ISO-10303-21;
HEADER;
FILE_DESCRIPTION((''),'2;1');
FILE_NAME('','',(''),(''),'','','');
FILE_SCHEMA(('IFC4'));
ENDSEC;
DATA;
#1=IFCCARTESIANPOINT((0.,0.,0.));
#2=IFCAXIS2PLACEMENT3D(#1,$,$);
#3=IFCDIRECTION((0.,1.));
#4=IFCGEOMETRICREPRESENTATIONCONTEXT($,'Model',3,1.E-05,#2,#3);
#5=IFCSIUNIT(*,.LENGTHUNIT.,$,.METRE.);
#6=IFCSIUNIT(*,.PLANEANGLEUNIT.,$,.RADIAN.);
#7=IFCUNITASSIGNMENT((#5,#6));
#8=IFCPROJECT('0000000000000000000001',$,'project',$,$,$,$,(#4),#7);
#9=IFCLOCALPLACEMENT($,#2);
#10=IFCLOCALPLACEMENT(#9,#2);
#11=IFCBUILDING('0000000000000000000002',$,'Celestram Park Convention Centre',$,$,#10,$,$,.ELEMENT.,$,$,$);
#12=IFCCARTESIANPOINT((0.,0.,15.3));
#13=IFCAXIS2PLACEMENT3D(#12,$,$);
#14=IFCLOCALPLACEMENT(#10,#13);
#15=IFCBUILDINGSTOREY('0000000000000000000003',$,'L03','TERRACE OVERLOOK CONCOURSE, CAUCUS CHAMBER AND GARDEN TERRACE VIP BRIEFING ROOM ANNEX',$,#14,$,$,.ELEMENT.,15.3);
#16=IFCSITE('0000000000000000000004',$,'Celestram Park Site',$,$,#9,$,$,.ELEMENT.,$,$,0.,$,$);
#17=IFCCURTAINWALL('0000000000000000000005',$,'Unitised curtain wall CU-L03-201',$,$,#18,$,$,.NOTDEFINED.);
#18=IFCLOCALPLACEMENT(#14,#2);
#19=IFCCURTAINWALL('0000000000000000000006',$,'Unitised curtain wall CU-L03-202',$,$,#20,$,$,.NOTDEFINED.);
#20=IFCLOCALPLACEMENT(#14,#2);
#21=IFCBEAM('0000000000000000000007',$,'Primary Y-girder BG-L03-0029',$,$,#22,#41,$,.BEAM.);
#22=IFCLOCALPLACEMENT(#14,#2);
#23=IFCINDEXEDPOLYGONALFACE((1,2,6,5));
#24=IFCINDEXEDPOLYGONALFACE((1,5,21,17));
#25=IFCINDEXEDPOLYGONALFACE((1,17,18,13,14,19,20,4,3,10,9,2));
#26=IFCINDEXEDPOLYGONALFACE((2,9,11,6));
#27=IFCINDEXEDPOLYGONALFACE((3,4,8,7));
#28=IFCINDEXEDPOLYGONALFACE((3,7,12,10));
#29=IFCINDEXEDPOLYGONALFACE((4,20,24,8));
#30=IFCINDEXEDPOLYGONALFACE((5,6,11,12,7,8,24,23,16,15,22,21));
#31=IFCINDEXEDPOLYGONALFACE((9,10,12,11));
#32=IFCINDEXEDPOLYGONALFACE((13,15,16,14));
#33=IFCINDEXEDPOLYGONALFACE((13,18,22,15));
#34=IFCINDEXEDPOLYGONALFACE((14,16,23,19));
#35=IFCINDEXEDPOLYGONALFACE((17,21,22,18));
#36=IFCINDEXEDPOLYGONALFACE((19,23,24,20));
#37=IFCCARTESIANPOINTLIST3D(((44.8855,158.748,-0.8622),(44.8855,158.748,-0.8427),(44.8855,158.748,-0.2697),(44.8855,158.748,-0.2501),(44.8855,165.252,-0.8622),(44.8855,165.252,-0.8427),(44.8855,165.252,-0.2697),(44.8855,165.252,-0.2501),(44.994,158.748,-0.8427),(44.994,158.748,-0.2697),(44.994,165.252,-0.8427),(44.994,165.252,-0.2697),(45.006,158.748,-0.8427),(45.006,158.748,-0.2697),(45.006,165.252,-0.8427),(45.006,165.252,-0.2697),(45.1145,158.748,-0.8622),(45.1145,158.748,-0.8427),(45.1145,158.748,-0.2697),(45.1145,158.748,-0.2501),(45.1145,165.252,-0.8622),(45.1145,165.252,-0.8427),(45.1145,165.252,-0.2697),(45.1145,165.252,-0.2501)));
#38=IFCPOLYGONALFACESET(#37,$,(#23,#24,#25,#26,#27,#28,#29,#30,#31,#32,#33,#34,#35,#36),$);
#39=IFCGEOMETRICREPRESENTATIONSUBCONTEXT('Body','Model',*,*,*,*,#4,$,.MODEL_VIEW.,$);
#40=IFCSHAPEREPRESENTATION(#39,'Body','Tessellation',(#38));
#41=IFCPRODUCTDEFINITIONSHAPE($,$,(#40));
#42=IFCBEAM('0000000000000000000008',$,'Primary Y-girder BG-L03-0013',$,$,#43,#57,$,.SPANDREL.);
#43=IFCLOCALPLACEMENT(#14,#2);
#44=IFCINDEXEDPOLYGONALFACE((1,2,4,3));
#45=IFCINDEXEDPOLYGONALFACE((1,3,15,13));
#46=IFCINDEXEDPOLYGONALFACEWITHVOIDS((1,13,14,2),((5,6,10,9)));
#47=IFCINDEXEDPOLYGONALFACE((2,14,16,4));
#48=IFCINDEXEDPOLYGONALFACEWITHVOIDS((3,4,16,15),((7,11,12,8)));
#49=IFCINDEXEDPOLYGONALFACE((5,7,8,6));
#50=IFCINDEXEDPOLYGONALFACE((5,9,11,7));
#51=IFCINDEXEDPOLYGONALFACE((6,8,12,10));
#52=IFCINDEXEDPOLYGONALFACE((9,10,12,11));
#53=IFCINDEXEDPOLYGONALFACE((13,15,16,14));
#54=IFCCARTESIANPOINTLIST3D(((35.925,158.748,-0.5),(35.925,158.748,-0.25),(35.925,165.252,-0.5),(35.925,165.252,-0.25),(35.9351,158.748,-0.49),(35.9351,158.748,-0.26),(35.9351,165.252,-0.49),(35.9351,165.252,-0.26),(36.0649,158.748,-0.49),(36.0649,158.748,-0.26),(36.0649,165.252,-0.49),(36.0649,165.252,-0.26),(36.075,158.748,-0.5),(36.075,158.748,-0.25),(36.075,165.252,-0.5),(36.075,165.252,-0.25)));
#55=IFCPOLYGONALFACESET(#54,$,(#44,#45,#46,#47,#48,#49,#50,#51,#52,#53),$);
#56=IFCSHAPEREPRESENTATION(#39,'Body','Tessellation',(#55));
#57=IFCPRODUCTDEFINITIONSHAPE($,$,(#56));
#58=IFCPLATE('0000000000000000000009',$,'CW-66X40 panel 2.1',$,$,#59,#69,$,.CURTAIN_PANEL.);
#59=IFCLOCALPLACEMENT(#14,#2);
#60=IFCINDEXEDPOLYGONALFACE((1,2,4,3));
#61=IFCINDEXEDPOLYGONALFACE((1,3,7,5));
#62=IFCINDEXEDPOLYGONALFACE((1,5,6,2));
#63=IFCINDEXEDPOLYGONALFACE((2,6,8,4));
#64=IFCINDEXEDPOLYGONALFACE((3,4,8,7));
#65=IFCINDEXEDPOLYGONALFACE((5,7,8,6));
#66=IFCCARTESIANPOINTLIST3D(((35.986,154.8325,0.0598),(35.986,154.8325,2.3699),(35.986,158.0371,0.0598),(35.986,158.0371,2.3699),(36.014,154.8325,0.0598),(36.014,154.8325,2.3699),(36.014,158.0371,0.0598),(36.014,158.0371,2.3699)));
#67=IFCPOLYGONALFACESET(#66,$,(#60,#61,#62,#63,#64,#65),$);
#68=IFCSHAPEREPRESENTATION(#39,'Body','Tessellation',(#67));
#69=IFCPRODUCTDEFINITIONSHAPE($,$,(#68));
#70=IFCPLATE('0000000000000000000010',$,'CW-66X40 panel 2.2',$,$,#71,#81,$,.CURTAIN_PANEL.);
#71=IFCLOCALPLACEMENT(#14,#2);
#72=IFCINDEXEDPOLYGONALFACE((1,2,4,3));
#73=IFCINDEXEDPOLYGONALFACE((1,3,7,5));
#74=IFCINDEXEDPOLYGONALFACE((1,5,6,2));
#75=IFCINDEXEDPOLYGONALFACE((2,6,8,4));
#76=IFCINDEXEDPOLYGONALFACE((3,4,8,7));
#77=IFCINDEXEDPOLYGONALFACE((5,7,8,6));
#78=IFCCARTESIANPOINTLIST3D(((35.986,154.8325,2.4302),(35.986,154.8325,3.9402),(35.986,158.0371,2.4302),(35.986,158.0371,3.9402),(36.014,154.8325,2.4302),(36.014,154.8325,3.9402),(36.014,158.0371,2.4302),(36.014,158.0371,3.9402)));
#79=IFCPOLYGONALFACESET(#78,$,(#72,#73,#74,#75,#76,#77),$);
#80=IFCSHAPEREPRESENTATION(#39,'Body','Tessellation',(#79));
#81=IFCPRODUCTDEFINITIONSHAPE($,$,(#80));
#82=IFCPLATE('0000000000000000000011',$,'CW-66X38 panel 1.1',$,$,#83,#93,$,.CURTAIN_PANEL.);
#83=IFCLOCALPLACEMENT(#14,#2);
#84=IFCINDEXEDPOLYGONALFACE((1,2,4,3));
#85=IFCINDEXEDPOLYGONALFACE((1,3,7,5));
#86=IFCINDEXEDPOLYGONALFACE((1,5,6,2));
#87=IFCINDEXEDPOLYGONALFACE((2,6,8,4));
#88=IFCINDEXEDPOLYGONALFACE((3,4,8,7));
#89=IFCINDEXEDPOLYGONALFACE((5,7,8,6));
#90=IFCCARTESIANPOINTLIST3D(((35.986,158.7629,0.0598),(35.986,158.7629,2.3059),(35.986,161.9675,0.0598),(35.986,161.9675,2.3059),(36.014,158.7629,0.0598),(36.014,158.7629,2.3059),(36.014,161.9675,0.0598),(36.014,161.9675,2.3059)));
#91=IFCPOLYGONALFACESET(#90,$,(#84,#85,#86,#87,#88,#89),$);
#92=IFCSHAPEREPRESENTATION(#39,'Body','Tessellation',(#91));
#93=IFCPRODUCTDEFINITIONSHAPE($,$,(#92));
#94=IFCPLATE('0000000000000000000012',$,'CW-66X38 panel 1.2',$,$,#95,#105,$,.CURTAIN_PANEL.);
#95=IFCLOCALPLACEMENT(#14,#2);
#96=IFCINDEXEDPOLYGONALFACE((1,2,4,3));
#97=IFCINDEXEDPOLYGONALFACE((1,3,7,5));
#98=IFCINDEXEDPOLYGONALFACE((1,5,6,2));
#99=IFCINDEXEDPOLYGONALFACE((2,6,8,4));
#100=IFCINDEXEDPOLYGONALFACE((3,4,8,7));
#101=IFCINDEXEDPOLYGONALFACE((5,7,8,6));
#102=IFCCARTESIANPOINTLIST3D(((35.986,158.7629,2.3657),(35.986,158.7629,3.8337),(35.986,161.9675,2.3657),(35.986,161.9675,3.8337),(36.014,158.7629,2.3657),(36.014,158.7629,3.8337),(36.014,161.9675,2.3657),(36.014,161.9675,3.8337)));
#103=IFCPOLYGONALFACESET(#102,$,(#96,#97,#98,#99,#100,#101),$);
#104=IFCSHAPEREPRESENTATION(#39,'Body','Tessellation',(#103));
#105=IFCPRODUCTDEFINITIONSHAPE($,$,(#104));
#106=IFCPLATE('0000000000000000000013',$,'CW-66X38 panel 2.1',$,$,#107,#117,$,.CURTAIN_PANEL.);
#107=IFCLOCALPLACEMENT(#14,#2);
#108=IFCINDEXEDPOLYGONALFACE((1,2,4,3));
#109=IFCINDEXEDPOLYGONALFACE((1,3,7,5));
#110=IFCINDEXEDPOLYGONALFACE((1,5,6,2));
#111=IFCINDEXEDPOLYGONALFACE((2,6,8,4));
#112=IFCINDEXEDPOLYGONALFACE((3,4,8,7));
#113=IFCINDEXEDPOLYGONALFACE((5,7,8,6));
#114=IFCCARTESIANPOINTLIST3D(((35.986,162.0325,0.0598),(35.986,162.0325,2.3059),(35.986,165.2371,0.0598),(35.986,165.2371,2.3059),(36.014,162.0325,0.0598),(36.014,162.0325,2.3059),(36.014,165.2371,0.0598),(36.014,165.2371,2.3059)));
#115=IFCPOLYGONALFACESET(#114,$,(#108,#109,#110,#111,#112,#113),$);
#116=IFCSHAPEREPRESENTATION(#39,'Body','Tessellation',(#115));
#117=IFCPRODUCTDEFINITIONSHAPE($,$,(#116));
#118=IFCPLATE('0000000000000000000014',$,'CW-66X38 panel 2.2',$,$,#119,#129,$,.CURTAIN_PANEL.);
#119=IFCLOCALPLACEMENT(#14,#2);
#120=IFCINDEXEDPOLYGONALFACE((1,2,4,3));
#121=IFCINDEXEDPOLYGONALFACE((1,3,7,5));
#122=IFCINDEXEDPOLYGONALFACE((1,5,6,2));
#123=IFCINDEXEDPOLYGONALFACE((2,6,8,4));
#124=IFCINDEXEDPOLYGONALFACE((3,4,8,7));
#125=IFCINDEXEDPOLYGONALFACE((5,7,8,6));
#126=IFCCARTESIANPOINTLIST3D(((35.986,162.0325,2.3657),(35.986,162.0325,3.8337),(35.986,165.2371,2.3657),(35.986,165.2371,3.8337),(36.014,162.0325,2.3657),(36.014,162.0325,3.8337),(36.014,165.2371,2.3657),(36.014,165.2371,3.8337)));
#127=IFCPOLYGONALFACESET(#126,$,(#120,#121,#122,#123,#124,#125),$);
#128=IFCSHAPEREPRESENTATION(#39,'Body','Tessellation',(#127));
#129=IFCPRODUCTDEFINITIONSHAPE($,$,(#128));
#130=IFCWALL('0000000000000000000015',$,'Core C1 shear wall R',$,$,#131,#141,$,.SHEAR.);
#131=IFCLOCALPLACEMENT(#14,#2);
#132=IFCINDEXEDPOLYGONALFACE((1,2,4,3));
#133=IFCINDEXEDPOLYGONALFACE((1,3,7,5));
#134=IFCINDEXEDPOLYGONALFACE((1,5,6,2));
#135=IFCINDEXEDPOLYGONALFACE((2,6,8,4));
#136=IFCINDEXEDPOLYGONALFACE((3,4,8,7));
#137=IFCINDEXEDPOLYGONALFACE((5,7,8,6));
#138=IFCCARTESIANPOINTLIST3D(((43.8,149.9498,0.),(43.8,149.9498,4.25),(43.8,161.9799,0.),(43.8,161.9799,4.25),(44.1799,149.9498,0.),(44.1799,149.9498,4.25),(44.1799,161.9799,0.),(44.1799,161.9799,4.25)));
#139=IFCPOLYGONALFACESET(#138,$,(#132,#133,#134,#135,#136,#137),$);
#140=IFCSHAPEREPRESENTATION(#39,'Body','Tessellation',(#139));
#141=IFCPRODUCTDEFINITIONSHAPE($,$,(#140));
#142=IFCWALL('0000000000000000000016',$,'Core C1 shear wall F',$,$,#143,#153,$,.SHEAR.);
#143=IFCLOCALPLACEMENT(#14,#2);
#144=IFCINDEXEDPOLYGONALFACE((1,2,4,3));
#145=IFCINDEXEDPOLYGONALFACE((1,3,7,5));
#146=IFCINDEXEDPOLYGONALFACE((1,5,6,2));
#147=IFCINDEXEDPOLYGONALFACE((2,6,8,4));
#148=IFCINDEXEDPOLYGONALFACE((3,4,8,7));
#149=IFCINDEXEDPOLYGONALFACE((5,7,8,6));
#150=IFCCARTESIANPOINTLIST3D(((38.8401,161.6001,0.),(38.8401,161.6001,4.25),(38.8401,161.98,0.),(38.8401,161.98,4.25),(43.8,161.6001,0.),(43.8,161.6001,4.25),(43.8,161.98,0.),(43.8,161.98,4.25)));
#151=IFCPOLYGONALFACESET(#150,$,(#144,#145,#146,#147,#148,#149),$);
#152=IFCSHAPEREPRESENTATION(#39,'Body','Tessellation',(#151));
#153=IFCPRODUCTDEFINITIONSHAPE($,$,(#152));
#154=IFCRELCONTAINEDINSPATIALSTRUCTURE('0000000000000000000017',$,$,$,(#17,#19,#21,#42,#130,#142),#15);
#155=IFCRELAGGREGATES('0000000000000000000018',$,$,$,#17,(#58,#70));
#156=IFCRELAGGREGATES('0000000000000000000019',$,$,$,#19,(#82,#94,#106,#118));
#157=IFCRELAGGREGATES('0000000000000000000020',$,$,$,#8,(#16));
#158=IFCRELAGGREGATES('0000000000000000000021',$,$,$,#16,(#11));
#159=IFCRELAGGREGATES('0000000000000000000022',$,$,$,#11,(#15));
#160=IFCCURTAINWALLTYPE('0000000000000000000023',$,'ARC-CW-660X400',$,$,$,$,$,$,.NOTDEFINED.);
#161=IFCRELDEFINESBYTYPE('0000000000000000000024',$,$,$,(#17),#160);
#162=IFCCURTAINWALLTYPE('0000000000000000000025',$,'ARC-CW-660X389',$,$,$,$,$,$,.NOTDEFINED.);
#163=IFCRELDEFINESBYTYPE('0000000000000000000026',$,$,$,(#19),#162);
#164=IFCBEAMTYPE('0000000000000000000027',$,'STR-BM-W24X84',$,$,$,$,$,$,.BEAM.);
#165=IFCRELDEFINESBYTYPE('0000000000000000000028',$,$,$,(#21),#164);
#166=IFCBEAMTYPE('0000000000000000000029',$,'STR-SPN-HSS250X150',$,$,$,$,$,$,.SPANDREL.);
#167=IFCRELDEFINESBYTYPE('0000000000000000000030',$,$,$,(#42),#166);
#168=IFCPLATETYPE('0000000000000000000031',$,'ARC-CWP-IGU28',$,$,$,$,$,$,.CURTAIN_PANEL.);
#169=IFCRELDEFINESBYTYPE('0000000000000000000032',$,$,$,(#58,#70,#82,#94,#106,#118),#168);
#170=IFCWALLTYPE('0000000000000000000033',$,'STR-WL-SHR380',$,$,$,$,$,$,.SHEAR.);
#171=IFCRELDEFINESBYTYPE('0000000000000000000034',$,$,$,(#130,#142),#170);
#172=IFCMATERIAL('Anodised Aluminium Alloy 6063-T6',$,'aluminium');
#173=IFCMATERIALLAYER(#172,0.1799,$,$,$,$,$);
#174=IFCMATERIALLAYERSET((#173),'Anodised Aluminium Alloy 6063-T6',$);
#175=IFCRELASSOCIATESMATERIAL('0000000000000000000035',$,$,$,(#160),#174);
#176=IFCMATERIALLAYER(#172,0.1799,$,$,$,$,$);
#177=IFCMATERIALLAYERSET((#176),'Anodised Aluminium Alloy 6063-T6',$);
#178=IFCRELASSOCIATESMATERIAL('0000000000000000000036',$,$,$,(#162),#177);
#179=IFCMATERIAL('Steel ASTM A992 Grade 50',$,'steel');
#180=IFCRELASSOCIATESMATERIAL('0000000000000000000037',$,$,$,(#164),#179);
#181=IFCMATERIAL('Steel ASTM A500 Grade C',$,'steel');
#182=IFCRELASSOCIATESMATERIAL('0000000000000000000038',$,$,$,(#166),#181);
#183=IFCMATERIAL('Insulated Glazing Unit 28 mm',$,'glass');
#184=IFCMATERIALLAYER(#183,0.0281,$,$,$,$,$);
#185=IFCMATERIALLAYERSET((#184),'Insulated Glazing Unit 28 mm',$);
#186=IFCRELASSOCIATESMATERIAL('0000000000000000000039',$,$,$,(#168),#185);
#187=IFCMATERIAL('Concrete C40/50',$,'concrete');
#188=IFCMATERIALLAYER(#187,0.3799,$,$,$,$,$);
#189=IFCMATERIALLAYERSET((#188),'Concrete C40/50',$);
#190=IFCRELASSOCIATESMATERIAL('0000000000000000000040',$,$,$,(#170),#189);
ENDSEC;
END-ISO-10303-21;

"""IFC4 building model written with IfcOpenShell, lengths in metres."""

from ifc_helpers import new_model, si_unit, direction, frame, frame_2d, origin, origin_2d, place, context, subcontext, project, spatial, rectangle, hollow_rectangle, i_section, extrude, material, layer, layer_set, material_profile, profile_set, type_object, element, aggregate, save


model = new_model("IFC4")

# Units and contexts
model_context = context("Model", 3, precision=1e-05, world=origin(), true_north=direction((0.0, 1.0)))
body_context = subcontext(model_context, "Body", "Model", "MODEL_VIEW")
ifc_project = project(units=[si_unit("LENGTHUNIT", "METRE"), si_unit("PLANEANGLEUNIT", "RADIAN")], contexts=[model_context])

# Site, building, storey
site_placement = place(None, origin())
site = spatial("IfcSite", under=ifc_project, at=site_placement, Name="Celestram Park Site", CompositionType="ELEMENT", RefElevation=0.0)
building_placement = place(site_placement, origin())
building = spatial("IfcBuilding", under=site, at=building_placement, Name="Celestram Park Convention Centre", CompositionType="ELEMENT")
storey_placement = place(building_placement, frame((0.0, 0.0, 15.3)))
storey = spatial("IfcBuildingStorey", under=building, at=storey_placement, Name="L03", Description="TERRACE OVERLOOK CONCOURSE, CAUCUS CHAMBER AND GARDEN TERRACE VIP BRIEFING ROOM ANNEX", CompositionType="ELEMENT", Elevation=15.3)

# Shared definitions
ifc_material_1 = material(Name="Concrete C40/50", Category="concrete")

# Curtain wall
ifc_material_2 = material(Name="Anodised Aluminium Alloy 6063-T6", Category="aluminium")
ifc_layer_1 = layer(ifc_material_2, 0.1799)
ifc_layer_set_1 = layer_set([ifc_layer_1], Name="Anodised Aluminium Alloy 6063-T6")
curtain_wall_type_1 = type_object("IfcCurtainWallType", Name="ARC-CW-660X400", PredefinedType="NOTDEFINED", material=ifc_layer_set_1)
curtain_wall_1_placement = place(storey_placement, origin())
curtain_wall_1 = element("IfcCurtainWall", 1, at=curtain_wall_1_placement, inside=storey, type_object=curtain_wall_type_1, Name="Unitised curtain wall CU-L03-201", PredefinedType="NOTDEFINED")

# Curtain wall
ifc_layer_2 = layer(ifc_material_2, 0.1799)
ifc_layer_set_2 = layer_set([ifc_layer_2], Name="Anodised Aluminium Alloy 6063-T6")
curtain_wall_type_2 = type_object("IfcCurtainWallType", Name="ARC-CW-660X389", PredefinedType="NOTDEFINED", material=ifc_layer_set_2)
curtain_wall_2_placement = place(storey_placement, origin())
curtain_wall_2 = element("IfcCurtainWall", 2, at=curtain_wall_2_placement, inside=storey, type_object=curtain_wall_type_2, Name="Unitised curtain wall CU-L03-202", PredefinedType="NOTDEFINED")

# Beams
ifc_material_3 = material(Name="Steel ASTM A992 Grade 50", Category="steel")
ifc_material_profile_1 = material_profile(ifc_material_3, i_section(OverallWidth=0.229, OverallDepth=0.6121, WebThickness=0.012, FlangeThickness=0.0195, at=origin_2d()), Name="W24X84")
ifc_profile_set_1 = profile_set([ifc_material_profile_1], Name="Steel ASTM A992 Grade 50")
beam_type_1 = type_object("IfcBeamType", Name="STR-BM-W24X84", PredefinedType="BEAM", material=ifc_profile_set_1)
beam_1_placement = place(storey_placement, frame((45.0, 158.748, -0.5562), z_axis=(0.0, 1.0, 0.0), x_axis=(-1.0, 0.0, 0.0)))
element("IfcBeam", 3, at=beam_1_placement, inside=storey, type_object=beam_type_1, Name="Primary Y-girder BG-L03-0029", PredefinedType="BEAM", context=body_context, shape_type="SweptSolid", body=[
    extrude(i_section(OverallWidth=0.229, OverallDepth=0.6121, WebThickness=0.012, FlangeThickness=0.0195, at=origin_2d()), origin(), (0.0, 0.0, 1.0), 6.5039),
])
ifc_material_4 = material(Name="Steel ASTM A500 Grade C", Category="steel")
ifc_material_profile_2 = material_profile(ifc_material_4, hollow_rectangle(XDim=0.1499, YDim=0.25, WallThickness=0.01, at=origin_2d()), Name="HSS250X150X10")
ifc_profile_set_2 = profile_set([ifc_material_profile_2], Name="Steel ASTM A500 Grade C")
beam_type_2 = type_object("IfcBeamType", Name="STR-SPN-HSS250X150", PredefinedType="SPANDREL", material=ifc_profile_set_2)
beam_2_placement = place(storey_placement, frame((36.0, 158.748, -0.375), z_axis=(0.0, 1.0, 0.0), x_axis=(-1.0, 0.0, 0.0)))
element("IfcBeam", 4, at=beam_2_placement, inside=storey, type_object=beam_type_2, Name="Primary Y-girder BG-L03-0013", PredefinedType="SPANDREL", context=body_context, shape_type="SweptSolid", body=[
    extrude(hollow_rectangle(XDim=0.1499, YDim=0.25, WallThickness=0.01, at=origin_2d()), origin(), (0.0, 0.0, 1.0), 6.5039),
])

# Plates
ifc_material_5 = material(Name="Insulated Glazing Unit 28 mm", Category="glass")
ifc_layer_3 = layer(ifc_material_5, 0.0281)
ifc_layer_set_3 = layer_set([ifc_layer_3], Name="Insulated Glazing Unit 28 mm")
plate_type = type_object("IfcPlateType", Name="ARC-CWP-IGU28", PredefinedType="CURTAIN_PANEL", material=ifc_layer_set_3)
plate_1_placement = place(storey_placement, frame((36.0, 156.4348, 0.0598), z_axis=(0.0, 0.0, 1.0), x_axis=(0.0, 1.0, 0.0)))
plate_1 = element("IfcPlate", 5, at=plate_1_placement, type_object=plate_type, Name="CW-66X40 panel 2.1", PredefinedType="CURTAIN_PANEL", context=body_context, shape_type="SweptSolid", body=[
    extrude(rectangle(XDim=3.2046, YDim=0.0281, at=origin_2d()), origin(), (0.0, 0.0, 1.0), 2.3101),
])
plate_2_placement = place(storey_placement, frame((36.0, 156.4348, 2.4302), z_axis=(0.0, 0.0, 1.0), x_axis=(0.0, 1.0, 0.0)))
plate_2 = element("IfcPlate", 6, at=plate_2_placement, type_object=plate_type, Name="CW-66X40 panel 2.2", PredefinedType="CURTAIN_PANEL", context=body_context, shape_type="SweptSolid", body=[
    extrude(rectangle(XDim=3.2046, YDim=0.0281, at=origin_2d()), origin(), (0.0, 0.0, 1.0), 1.51),
])
aggregate(curtain_wall_1, [plate_1, plate_2])
plate_3_placement = place(storey_placement, frame((36.0, 160.3652, 0.0598), z_axis=(0.0, 0.0, 1.0), x_axis=(0.0, 1.0, 0.0)))
plate_3 = element("IfcPlate", 7, at=plate_3_placement, type_object=plate_type, Name="CW-66X38 panel 1.1", PredefinedType="CURTAIN_PANEL", context=body_context, shape_type="SweptSolid", body=[
    extrude(rectangle(XDim=3.2046, YDim=0.0281, at=origin_2d()), origin(), (0.0, 0.0, 1.0), 2.2461),
])
plate_4_placement = place(storey_placement, frame((36.0, 160.3652, 2.3657), z_axis=(0.0, 0.0, 1.0), x_axis=(0.0, 1.0, 0.0)))
plate_4 = element("IfcPlate", 8, at=plate_4_placement, type_object=plate_type, Name="CW-66X38 panel 1.2", PredefinedType="CURTAIN_PANEL", context=body_context, shape_type="SweptSolid", body=[
    extrude(rectangle(XDim=3.2046, YDim=0.0281, at=origin_2d()), origin(), (0.0, 0.0, 1.0), 1.468),
])
plate_5_placement = place(storey_placement, frame((36.0, 163.6348, 0.0598), z_axis=(0.0, 0.0, 1.0), x_axis=(0.0, 1.0, 0.0)))
plate_5 = element("IfcPlate", 9, at=plate_5_placement, type_object=plate_type, Name="CW-66X38 panel 2.1", PredefinedType="CURTAIN_PANEL", context=body_context, shape_type="SweptSolid", body=[
    extrude(rectangle(XDim=3.2046, YDim=0.0281, at=origin_2d()), origin(), (0.0, 0.0, 1.0), 2.2461),
])
plate_6_placement = place(storey_placement, frame((36.0, 163.6348, 2.3657), z_axis=(0.0, 0.0, 1.0), x_axis=(0.0, 1.0, 0.0)))
plate_6 = element("IfcPlate", 10, at=plate_6_placement, type_object=plate_type, Name="CW-66X38 panel 2.2", PredefinedType="CURTAIN_PANEL", context=body_context, shape_type="SweptSolid", body=[
    extrude(rectangle(XDim=3.2046, YDim=0.0281, at=origin_2d()), origin(), (0.0, 0.0, 1.0), 1.468),
])
aggregate(curtain_wall_2, [plate_3, plate_4, plate_5, plate_6])

# Walls
ifc_layer_4 = layer(ifc_material_1, 0.3799)
ifc_layer_set_4 = layer_set([ifc_layer_4], Name="Concrete C40/50")
wall_type = type_object("IfcWallType", Name="STR-WL-SHR380", PredefinedType="SHEAR", material=ifc_layer_set_4)
wall_1_placement = place(storey_placement, frame((43.99, 161.98, 0.0), z_axis=(0.0, 0.0, 1.0), x_axis=(0.0, -1.0, 0.0)))
element("IfcWall", 11, at=wall_1_placement, inside=storey, type_object=wall_type, Name="Core C1 shear wall R", PredefinedType="SHEAR", context=body_context, shape_type="SweptSolid", body=[
    extrude(rectangle(XDim=12.03, YDim=0.3799, at=frame_2d((6.0151, 0.0))), origin(), (0.0, 0.0, 1.0), 4.25),
])
wall_2_placement = place(storey_placement, frame((38.8401, 161.79, 0.0), z_axis=(0.0, 0.0, 1.0), x_axis=(1.0, 0.0, 0.0)))
element("IfcWall", 12, at=wall_2_placement, inside=storey, type_object=wall_type, Name="Core C1 shear wall F", PredefinedType="SHEAR", context=body_context, shape_type="SweptSolid", body=[
    extrude(rectangle(XDim=4.96, YDim=0.3799, at=frame_2d((2.48, 0.0))), origin(), (0.0, 0.0, 1.0), 4.25),
])

save(model, "model.ifc")
